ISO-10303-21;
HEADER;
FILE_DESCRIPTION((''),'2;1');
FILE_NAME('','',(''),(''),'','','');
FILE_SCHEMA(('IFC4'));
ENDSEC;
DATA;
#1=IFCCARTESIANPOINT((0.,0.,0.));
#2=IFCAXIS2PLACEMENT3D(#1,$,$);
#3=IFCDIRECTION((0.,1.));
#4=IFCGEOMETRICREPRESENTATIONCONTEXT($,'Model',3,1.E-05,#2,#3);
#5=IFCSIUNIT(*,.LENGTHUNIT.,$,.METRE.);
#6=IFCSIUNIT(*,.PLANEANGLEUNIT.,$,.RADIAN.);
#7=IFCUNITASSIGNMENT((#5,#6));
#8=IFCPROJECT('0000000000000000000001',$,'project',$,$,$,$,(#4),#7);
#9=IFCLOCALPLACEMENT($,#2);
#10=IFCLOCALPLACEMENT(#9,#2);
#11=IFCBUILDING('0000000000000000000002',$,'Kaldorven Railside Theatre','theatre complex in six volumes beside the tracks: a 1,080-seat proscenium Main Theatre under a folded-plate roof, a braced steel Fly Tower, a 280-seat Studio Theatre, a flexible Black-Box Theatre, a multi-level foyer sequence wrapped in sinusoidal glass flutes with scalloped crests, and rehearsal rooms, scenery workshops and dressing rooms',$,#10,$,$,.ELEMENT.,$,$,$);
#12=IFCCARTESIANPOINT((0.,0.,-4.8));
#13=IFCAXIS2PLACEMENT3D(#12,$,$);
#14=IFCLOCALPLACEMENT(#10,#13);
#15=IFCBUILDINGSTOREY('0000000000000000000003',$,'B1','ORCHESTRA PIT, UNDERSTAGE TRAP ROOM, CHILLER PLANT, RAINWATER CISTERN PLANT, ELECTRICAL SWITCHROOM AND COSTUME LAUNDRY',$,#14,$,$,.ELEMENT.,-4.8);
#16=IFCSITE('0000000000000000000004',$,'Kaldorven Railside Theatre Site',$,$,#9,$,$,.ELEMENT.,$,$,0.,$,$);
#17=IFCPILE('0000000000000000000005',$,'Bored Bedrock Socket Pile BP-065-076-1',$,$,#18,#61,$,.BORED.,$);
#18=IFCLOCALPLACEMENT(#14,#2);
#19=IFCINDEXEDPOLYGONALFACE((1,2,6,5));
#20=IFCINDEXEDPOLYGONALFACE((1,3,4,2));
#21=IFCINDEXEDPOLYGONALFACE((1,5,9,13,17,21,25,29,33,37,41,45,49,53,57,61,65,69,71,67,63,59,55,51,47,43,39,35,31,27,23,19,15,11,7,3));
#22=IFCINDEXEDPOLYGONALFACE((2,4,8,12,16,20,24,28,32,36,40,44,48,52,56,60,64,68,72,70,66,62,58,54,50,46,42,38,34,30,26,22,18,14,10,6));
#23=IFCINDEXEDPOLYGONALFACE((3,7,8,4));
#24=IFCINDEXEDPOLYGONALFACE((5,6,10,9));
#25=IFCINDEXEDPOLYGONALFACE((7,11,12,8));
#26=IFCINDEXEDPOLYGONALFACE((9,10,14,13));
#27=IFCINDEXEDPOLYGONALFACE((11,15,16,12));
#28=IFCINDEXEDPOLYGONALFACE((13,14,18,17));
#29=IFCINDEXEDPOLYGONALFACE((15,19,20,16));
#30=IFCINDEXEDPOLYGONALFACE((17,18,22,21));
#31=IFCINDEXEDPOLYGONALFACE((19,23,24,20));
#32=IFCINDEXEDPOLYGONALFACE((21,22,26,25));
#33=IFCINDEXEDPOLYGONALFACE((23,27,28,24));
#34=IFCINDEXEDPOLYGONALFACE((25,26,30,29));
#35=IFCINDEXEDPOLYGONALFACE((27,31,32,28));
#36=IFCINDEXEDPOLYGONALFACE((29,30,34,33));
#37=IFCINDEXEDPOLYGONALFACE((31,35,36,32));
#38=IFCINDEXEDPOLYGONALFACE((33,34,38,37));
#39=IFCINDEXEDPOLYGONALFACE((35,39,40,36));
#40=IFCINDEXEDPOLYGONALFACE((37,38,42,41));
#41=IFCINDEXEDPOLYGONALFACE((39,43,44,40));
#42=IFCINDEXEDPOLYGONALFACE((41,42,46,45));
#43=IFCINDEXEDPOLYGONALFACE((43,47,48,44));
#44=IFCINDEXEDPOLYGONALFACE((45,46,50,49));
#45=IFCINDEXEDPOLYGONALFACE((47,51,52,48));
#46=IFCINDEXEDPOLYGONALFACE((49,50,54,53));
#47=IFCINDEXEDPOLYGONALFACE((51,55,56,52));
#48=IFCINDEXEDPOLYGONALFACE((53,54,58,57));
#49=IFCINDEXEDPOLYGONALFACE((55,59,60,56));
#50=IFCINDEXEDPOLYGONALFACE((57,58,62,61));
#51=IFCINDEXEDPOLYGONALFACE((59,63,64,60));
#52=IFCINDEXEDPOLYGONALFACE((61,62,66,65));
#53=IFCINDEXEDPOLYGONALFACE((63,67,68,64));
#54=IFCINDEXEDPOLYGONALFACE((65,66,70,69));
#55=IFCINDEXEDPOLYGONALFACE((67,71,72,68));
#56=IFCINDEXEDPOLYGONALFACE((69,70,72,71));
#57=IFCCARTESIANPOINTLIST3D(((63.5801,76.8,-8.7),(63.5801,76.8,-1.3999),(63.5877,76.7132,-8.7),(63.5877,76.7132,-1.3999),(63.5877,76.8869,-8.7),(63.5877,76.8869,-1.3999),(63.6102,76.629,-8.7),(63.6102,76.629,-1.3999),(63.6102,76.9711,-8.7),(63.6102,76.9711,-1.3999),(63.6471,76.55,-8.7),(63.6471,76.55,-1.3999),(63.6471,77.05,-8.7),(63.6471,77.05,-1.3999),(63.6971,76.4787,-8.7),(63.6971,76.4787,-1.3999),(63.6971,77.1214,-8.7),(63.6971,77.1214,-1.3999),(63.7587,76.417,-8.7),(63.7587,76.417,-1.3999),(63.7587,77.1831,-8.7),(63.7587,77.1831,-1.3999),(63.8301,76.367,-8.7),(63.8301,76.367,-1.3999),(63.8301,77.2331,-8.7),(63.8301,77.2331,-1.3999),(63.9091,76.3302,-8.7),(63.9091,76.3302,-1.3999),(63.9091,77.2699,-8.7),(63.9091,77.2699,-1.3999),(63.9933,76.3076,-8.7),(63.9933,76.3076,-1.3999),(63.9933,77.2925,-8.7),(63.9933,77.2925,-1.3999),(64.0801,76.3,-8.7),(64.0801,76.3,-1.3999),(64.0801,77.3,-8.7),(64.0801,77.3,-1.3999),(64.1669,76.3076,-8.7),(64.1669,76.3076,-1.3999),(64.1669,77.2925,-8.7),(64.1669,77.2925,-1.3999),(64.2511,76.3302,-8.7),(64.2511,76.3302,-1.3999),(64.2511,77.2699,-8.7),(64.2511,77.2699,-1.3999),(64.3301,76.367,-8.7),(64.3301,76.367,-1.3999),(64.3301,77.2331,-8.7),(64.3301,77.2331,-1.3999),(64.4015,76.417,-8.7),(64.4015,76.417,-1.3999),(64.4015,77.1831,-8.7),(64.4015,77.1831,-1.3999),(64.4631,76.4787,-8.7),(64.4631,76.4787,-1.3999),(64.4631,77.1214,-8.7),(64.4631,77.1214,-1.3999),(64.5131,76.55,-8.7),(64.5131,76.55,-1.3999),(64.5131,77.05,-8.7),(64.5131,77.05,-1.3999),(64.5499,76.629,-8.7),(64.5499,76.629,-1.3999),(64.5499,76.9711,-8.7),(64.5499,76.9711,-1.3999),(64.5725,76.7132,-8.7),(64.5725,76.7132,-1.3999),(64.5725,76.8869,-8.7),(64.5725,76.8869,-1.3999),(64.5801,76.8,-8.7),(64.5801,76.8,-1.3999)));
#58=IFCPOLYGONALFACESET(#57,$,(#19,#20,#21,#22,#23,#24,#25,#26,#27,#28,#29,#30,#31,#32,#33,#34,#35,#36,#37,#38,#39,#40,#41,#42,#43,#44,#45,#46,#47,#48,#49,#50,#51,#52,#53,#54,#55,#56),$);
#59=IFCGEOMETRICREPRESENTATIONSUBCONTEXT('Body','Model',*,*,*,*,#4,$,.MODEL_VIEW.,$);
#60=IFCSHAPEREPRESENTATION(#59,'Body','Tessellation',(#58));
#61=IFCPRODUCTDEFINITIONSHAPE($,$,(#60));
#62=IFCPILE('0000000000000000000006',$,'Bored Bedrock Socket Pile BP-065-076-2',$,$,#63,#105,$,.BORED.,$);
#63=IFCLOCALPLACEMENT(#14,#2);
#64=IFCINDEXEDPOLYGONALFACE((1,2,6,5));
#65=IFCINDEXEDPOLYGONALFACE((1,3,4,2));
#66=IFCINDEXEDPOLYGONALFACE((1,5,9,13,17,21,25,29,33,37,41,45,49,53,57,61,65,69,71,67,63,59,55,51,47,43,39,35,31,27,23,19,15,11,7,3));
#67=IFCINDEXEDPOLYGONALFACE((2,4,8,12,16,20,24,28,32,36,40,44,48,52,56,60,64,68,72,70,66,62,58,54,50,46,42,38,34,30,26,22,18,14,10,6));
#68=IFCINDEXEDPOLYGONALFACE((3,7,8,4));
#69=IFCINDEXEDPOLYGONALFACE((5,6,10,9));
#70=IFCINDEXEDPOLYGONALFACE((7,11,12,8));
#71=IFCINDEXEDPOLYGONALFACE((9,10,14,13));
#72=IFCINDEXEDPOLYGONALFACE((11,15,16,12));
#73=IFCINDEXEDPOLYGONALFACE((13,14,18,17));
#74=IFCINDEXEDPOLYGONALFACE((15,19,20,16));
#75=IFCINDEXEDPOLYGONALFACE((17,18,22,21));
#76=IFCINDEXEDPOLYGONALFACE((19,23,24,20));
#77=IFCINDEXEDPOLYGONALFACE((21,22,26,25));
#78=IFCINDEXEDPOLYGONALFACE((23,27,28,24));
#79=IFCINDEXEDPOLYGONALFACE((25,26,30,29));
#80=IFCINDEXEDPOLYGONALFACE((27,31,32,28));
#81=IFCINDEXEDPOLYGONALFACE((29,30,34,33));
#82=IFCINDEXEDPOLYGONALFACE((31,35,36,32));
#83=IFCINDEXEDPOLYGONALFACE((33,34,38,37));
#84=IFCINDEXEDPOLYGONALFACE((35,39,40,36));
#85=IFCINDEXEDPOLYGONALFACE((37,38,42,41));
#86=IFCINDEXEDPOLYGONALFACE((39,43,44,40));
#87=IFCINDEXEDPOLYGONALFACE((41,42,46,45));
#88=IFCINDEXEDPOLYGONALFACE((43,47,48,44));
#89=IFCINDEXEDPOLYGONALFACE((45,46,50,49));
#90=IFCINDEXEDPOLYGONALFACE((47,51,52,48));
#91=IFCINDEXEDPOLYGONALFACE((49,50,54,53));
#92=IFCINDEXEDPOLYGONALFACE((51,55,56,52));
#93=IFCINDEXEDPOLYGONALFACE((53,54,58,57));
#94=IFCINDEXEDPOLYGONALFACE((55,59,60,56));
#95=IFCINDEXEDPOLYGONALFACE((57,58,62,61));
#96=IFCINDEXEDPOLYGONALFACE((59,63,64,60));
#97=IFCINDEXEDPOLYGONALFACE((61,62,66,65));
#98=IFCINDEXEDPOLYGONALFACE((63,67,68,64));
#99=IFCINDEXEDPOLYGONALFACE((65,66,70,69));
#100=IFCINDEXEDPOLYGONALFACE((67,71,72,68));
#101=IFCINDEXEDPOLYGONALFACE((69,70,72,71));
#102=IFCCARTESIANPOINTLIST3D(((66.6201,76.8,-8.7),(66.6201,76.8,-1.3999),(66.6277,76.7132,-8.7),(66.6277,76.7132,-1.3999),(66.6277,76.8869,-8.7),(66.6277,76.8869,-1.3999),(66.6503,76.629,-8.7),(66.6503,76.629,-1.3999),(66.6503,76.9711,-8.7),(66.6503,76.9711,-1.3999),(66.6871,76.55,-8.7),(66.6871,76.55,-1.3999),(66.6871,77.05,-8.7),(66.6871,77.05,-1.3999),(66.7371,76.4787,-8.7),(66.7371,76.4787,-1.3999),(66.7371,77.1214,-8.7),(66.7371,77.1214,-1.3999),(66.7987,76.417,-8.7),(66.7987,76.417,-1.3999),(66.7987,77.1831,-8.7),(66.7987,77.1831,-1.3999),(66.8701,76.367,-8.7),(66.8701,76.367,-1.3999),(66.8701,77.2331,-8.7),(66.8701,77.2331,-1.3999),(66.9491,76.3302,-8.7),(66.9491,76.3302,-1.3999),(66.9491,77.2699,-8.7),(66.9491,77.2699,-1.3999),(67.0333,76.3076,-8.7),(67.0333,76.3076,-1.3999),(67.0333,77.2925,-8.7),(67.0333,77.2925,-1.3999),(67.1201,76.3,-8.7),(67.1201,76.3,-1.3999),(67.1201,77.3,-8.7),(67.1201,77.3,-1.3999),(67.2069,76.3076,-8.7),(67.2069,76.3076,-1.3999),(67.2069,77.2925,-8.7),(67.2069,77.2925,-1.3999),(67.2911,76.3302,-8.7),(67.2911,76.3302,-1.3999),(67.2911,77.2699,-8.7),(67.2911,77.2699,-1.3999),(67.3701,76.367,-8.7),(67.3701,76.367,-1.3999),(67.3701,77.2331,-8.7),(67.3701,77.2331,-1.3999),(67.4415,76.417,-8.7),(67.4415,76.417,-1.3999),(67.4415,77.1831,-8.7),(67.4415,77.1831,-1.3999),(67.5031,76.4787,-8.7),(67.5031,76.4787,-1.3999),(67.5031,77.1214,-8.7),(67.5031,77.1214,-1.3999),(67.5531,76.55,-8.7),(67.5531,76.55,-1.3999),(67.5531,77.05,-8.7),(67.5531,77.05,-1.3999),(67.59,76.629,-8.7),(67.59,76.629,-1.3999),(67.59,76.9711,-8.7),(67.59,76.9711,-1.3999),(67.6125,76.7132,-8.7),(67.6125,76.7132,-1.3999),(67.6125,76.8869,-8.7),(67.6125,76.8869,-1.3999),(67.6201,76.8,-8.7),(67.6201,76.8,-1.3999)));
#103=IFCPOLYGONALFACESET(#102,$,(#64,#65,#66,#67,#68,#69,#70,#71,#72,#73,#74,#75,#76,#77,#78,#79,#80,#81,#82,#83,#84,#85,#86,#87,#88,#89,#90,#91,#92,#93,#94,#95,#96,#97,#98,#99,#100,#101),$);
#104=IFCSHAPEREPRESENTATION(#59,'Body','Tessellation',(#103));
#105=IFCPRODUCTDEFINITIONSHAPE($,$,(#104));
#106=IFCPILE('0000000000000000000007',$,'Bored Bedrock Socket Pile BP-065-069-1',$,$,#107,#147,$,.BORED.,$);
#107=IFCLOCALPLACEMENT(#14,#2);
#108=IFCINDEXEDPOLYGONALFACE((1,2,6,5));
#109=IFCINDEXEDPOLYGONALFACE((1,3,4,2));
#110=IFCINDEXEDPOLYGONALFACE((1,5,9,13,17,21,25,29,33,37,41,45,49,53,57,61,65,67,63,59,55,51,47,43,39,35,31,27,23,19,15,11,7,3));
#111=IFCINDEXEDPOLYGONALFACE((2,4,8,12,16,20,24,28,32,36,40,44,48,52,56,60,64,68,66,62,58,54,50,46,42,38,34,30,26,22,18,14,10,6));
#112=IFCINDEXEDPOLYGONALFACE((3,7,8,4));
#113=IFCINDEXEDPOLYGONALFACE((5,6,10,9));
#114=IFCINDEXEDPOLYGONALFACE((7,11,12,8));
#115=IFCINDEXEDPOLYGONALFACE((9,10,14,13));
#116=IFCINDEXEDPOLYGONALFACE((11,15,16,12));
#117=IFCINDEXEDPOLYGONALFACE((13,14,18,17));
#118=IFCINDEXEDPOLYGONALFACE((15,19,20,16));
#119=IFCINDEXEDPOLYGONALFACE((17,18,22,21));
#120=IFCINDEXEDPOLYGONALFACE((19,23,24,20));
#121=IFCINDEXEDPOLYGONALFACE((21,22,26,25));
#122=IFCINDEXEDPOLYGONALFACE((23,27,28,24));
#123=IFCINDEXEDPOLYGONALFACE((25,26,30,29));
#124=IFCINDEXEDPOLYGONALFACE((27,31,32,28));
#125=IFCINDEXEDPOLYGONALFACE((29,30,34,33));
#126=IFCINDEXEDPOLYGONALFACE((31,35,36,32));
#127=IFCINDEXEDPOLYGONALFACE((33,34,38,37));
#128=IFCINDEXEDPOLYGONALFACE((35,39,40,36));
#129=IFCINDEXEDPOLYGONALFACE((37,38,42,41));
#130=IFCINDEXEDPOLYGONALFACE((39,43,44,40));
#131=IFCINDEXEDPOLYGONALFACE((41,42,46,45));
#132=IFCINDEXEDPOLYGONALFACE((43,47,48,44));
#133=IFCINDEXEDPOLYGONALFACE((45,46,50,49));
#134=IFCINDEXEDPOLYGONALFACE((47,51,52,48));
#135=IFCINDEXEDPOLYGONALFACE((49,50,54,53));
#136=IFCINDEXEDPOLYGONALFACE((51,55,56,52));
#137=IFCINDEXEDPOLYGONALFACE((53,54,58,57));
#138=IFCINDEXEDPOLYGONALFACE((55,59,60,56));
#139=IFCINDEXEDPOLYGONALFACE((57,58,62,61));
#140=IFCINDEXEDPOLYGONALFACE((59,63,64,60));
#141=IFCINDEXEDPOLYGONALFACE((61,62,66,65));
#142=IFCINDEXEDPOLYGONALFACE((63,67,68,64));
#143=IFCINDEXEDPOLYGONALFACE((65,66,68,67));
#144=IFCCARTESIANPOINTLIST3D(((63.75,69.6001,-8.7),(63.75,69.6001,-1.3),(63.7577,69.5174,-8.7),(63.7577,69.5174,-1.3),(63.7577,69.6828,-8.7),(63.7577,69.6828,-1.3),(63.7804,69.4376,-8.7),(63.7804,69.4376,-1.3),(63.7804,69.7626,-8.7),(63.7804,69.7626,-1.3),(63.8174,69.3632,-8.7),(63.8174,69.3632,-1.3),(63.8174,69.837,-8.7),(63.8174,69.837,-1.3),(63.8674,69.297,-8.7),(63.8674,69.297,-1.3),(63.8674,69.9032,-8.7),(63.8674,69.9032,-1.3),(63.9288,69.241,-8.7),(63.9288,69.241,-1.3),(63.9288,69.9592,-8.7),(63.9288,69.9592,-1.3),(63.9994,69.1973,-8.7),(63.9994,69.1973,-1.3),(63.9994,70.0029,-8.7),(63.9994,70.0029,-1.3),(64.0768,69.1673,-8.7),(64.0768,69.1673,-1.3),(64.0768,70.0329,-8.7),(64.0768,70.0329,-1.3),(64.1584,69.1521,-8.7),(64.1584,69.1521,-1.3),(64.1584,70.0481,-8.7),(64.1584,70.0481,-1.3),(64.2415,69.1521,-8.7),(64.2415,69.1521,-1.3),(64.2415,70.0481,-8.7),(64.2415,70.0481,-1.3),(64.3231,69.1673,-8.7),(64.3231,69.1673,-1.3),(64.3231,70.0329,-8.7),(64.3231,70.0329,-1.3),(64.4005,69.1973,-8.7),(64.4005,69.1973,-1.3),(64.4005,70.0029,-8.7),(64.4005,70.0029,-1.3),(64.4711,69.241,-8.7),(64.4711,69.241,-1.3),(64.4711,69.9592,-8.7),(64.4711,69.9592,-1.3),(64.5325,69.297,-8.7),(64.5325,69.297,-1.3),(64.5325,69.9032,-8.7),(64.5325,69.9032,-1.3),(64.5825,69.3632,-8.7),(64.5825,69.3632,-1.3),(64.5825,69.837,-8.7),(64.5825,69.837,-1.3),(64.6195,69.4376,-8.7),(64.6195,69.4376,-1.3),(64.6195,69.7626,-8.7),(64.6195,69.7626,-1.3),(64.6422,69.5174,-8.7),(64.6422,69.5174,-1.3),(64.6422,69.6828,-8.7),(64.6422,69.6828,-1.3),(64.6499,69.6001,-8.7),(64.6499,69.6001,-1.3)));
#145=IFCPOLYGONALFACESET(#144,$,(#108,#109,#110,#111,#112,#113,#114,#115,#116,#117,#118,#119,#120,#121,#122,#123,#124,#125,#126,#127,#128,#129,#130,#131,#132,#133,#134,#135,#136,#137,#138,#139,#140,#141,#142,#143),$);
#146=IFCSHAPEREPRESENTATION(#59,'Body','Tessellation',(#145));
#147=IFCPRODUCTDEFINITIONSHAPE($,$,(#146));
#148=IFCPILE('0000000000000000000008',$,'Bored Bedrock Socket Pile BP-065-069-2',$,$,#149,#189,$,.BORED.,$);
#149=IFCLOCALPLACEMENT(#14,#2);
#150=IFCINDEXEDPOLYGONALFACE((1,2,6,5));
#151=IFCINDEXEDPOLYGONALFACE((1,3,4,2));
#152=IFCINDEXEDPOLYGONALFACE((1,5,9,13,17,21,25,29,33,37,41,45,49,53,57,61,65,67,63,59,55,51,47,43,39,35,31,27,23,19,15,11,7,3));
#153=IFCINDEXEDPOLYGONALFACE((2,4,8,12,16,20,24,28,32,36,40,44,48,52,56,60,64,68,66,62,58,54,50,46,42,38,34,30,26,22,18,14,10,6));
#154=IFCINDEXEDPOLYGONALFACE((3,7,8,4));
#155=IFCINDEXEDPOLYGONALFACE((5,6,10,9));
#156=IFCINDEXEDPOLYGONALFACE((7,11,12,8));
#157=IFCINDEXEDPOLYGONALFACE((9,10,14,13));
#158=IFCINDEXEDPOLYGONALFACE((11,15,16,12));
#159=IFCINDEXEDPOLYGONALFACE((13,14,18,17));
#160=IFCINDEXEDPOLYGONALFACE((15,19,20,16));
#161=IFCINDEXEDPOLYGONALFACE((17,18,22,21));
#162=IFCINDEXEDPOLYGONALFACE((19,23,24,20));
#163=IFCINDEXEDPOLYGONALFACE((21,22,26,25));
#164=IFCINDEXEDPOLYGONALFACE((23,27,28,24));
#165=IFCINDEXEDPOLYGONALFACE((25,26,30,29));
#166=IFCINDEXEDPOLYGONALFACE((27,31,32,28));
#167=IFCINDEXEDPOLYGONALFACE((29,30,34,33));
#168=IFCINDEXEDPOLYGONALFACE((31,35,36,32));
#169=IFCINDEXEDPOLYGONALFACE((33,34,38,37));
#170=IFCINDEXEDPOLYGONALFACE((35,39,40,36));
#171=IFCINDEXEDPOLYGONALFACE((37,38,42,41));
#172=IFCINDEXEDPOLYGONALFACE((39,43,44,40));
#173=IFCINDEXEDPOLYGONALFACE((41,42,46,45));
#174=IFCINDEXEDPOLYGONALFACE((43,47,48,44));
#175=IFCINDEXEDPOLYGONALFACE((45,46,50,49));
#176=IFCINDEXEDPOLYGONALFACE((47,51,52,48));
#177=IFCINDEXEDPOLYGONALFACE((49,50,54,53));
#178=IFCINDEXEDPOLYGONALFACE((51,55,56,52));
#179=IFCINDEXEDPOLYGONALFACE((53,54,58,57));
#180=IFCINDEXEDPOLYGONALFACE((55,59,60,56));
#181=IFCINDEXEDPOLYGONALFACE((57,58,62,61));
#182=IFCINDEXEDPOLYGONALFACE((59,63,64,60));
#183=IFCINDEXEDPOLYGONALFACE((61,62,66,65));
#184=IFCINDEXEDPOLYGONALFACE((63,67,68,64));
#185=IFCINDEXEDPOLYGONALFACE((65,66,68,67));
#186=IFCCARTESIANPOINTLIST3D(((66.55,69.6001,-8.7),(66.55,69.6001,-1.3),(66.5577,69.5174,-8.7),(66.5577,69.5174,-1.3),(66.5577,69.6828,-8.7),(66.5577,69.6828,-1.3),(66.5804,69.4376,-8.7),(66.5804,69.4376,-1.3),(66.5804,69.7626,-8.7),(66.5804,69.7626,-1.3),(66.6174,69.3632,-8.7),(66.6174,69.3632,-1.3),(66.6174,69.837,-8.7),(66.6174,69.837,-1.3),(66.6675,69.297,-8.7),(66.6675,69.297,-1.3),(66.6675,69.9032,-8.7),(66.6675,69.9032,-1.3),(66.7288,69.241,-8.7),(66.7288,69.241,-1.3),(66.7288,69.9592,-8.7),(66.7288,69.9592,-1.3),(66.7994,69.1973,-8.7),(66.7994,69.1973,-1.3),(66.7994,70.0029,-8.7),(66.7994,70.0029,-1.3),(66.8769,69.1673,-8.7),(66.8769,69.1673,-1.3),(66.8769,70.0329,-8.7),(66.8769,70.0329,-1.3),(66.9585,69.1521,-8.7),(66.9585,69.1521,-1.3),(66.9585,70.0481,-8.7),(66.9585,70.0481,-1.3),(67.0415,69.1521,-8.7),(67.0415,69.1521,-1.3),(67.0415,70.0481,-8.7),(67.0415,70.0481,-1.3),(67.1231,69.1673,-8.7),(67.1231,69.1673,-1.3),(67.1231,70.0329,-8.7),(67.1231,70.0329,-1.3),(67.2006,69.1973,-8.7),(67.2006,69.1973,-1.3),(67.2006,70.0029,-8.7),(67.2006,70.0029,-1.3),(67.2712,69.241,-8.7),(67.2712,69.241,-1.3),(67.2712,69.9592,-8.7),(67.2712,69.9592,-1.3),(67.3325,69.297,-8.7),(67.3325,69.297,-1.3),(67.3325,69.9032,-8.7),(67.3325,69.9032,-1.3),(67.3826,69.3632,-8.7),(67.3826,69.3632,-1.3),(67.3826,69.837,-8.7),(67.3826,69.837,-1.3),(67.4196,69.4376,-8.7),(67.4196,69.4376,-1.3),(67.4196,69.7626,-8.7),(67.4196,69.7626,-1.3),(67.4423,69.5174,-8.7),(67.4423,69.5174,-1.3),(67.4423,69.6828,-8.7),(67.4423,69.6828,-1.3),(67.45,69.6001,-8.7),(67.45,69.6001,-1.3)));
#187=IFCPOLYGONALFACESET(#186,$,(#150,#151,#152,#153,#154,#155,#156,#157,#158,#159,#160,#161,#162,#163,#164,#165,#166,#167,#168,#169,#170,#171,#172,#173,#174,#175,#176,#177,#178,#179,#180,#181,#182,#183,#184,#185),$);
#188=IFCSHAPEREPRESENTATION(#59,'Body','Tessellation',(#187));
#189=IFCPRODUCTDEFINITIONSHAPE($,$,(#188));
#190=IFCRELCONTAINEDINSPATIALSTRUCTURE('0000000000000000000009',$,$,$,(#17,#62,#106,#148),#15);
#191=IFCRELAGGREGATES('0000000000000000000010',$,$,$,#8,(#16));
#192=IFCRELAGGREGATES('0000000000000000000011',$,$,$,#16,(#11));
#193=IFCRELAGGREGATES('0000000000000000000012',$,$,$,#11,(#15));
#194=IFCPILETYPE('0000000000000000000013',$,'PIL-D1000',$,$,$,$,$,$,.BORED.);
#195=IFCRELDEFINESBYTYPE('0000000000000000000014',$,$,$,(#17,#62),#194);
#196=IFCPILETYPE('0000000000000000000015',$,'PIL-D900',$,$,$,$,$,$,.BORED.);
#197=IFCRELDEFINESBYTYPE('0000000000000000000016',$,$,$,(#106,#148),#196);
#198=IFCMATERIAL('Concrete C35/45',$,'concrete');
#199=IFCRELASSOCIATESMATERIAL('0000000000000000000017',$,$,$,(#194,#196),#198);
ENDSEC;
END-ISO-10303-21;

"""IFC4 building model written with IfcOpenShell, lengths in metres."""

from ifc_helpers import new_model, si_unit, direction, frame, origin, origin_2d, place, context, subcontext, project, spatial, circle, extrude, material, material_profile, profile_set, type_object, element, save


model = new_model("IFC4")

# Units and contexts
model_context = context("Model", 3, precision=1e-05, world=origin(), true_north=direction((0.0, 1.0)))
body_context = subcontext(model_context, "Body", "Model", "MODEL_VIEW")
ifc_project = project(units=[si_unit("LENGTHUNIT", "METRE"), si_unit("PLANEANGLEUNIT", "RADIAN")], contexts=[model_context])

# Site, building, storey
site_placement = place(None, origin())
site = spatial("IfcSite", under=ifc_project, at=site_placement, Name="Kaldorven Railside Theatre Site", CompositionType="ELEMENT", RefElevation=0.0)
building_placement = place(site_placement, origin())
building = spatial("IfcBuilding", under=site, at=building_placement, Name="Kaldorven Railside Theatre", Description="theatre complex in six volumes beside the tracks: a 1,080-seat proscenium Main Theatre under a folded-plate roof, a braced steel Fly Tower, a 280-seat Studio Theatre, a flexible Black-Box Theatre, a multi-level foyer sequence wrapped in sinusoidal glass flutes with scalloped crests, and rehearsal rooms, scenery workshops and dressing rooms", CompositionType="ELEMENT")
storey_placement = place(building_placement, frame((0.0, 0.0, -4.8)))
storey = spatial("IfcBuildingStorey", under=building, at=storey_placement, Name="B1", Description="ORCHESTRA PIT, UNDERSTAGE TRAP ROOM, CHILLER PLANT, RAINWATER CISTERN PLANT, ELECTRICAL SWITCHROOM AND COSTUME LAUNDRY", CompositionType="ELEMENT", Elevation=-4.8)

# Piles
ifc_material_1 = material(Name="Concrete C35/45", Category="concrete")
ifc_material_profile_1 = material_profile(ifc_material_1, circle(Radius=0.5, at=origin_2d()), Name="BP D1000")
ifc_profile_set_1 = profile_set([ifc_material_profile_1], Name="Concrete C35/45")
pile_type_1 = type_object("IfcPileType", Name="PIL-D1000", PredefinedType="BORED", material=ifc_profile_set_1)
for number, where, z_axis, x_axis, name in (
    (1, (64.0801, 76.8, -1.3999), (0.0, 0.0, -1.0), (1.0, 0.0, 0.0), "Bored Bedrock Socket Pile BP-065-076-1"),
    (2, (67.1201, 76.8, -1.3999), (0.0, 0.0, -1.0), (1.0, 0.0, 0.0), "Bored Bedrock Socket Pile BP-065-076-2"),
):
    element("IfcPile", number, at=place(storey_placement, frame(where, z_axis=z_axis, x_axis=x_axis)), inside=storey, type_object=pile_type_1, Name=name, PredefinedType="BORED", context=body_context, shape_type="SweptSolid", body=[
        extrude(circle(Radius=0.5, at=origin_2d()), origin(), (0.0, 0.0, 1.0), 7.3),
    ])
ifc_material_profile_2 = material_profile(ifc_material_1, circle(Radius=0.45, at=origin_2d()), Name="BP D900")
ifc_profile_set_2 = profile_set([ifc_material_profile_2], Name="Concrete C35/45")
pile_type_2 = type_object("IfcPileType", Name="PIL-D900", PredefinedType="BORED", material=ifc_profile_set_2)
for number, where, z_axis, x_axis, name in (
    (3, (64.2, 69.6001, -1.3), (0.0, 0.0, -1.0), (1.0, 0.0, 0.0), "Bored Bedrock Socket Pile BP-065-069-1"),
    (4, (67.0, 69.6001, -1.3), (0.0, 0.0, -1.0), (1.0, 0.0, 0.0), "Bored Bedrock Socket Pile BP-065-069-2"),
):
    element("IfcPile", number, at=place(storey_placement, frame(where, z_axis=z_axis, x_axis=x_axis)), inside=storey, type_object=pile_type_2, Name=name, PredefinedType="BORED", context=body_context, shape_type="SweptSolid", body=[
        extrude(circle(Radius=0.45, at=origin_2d()), origin(), (0.0, 0.0, 1.0), 7.3999),
    ])

save(model, "model.ifc")
